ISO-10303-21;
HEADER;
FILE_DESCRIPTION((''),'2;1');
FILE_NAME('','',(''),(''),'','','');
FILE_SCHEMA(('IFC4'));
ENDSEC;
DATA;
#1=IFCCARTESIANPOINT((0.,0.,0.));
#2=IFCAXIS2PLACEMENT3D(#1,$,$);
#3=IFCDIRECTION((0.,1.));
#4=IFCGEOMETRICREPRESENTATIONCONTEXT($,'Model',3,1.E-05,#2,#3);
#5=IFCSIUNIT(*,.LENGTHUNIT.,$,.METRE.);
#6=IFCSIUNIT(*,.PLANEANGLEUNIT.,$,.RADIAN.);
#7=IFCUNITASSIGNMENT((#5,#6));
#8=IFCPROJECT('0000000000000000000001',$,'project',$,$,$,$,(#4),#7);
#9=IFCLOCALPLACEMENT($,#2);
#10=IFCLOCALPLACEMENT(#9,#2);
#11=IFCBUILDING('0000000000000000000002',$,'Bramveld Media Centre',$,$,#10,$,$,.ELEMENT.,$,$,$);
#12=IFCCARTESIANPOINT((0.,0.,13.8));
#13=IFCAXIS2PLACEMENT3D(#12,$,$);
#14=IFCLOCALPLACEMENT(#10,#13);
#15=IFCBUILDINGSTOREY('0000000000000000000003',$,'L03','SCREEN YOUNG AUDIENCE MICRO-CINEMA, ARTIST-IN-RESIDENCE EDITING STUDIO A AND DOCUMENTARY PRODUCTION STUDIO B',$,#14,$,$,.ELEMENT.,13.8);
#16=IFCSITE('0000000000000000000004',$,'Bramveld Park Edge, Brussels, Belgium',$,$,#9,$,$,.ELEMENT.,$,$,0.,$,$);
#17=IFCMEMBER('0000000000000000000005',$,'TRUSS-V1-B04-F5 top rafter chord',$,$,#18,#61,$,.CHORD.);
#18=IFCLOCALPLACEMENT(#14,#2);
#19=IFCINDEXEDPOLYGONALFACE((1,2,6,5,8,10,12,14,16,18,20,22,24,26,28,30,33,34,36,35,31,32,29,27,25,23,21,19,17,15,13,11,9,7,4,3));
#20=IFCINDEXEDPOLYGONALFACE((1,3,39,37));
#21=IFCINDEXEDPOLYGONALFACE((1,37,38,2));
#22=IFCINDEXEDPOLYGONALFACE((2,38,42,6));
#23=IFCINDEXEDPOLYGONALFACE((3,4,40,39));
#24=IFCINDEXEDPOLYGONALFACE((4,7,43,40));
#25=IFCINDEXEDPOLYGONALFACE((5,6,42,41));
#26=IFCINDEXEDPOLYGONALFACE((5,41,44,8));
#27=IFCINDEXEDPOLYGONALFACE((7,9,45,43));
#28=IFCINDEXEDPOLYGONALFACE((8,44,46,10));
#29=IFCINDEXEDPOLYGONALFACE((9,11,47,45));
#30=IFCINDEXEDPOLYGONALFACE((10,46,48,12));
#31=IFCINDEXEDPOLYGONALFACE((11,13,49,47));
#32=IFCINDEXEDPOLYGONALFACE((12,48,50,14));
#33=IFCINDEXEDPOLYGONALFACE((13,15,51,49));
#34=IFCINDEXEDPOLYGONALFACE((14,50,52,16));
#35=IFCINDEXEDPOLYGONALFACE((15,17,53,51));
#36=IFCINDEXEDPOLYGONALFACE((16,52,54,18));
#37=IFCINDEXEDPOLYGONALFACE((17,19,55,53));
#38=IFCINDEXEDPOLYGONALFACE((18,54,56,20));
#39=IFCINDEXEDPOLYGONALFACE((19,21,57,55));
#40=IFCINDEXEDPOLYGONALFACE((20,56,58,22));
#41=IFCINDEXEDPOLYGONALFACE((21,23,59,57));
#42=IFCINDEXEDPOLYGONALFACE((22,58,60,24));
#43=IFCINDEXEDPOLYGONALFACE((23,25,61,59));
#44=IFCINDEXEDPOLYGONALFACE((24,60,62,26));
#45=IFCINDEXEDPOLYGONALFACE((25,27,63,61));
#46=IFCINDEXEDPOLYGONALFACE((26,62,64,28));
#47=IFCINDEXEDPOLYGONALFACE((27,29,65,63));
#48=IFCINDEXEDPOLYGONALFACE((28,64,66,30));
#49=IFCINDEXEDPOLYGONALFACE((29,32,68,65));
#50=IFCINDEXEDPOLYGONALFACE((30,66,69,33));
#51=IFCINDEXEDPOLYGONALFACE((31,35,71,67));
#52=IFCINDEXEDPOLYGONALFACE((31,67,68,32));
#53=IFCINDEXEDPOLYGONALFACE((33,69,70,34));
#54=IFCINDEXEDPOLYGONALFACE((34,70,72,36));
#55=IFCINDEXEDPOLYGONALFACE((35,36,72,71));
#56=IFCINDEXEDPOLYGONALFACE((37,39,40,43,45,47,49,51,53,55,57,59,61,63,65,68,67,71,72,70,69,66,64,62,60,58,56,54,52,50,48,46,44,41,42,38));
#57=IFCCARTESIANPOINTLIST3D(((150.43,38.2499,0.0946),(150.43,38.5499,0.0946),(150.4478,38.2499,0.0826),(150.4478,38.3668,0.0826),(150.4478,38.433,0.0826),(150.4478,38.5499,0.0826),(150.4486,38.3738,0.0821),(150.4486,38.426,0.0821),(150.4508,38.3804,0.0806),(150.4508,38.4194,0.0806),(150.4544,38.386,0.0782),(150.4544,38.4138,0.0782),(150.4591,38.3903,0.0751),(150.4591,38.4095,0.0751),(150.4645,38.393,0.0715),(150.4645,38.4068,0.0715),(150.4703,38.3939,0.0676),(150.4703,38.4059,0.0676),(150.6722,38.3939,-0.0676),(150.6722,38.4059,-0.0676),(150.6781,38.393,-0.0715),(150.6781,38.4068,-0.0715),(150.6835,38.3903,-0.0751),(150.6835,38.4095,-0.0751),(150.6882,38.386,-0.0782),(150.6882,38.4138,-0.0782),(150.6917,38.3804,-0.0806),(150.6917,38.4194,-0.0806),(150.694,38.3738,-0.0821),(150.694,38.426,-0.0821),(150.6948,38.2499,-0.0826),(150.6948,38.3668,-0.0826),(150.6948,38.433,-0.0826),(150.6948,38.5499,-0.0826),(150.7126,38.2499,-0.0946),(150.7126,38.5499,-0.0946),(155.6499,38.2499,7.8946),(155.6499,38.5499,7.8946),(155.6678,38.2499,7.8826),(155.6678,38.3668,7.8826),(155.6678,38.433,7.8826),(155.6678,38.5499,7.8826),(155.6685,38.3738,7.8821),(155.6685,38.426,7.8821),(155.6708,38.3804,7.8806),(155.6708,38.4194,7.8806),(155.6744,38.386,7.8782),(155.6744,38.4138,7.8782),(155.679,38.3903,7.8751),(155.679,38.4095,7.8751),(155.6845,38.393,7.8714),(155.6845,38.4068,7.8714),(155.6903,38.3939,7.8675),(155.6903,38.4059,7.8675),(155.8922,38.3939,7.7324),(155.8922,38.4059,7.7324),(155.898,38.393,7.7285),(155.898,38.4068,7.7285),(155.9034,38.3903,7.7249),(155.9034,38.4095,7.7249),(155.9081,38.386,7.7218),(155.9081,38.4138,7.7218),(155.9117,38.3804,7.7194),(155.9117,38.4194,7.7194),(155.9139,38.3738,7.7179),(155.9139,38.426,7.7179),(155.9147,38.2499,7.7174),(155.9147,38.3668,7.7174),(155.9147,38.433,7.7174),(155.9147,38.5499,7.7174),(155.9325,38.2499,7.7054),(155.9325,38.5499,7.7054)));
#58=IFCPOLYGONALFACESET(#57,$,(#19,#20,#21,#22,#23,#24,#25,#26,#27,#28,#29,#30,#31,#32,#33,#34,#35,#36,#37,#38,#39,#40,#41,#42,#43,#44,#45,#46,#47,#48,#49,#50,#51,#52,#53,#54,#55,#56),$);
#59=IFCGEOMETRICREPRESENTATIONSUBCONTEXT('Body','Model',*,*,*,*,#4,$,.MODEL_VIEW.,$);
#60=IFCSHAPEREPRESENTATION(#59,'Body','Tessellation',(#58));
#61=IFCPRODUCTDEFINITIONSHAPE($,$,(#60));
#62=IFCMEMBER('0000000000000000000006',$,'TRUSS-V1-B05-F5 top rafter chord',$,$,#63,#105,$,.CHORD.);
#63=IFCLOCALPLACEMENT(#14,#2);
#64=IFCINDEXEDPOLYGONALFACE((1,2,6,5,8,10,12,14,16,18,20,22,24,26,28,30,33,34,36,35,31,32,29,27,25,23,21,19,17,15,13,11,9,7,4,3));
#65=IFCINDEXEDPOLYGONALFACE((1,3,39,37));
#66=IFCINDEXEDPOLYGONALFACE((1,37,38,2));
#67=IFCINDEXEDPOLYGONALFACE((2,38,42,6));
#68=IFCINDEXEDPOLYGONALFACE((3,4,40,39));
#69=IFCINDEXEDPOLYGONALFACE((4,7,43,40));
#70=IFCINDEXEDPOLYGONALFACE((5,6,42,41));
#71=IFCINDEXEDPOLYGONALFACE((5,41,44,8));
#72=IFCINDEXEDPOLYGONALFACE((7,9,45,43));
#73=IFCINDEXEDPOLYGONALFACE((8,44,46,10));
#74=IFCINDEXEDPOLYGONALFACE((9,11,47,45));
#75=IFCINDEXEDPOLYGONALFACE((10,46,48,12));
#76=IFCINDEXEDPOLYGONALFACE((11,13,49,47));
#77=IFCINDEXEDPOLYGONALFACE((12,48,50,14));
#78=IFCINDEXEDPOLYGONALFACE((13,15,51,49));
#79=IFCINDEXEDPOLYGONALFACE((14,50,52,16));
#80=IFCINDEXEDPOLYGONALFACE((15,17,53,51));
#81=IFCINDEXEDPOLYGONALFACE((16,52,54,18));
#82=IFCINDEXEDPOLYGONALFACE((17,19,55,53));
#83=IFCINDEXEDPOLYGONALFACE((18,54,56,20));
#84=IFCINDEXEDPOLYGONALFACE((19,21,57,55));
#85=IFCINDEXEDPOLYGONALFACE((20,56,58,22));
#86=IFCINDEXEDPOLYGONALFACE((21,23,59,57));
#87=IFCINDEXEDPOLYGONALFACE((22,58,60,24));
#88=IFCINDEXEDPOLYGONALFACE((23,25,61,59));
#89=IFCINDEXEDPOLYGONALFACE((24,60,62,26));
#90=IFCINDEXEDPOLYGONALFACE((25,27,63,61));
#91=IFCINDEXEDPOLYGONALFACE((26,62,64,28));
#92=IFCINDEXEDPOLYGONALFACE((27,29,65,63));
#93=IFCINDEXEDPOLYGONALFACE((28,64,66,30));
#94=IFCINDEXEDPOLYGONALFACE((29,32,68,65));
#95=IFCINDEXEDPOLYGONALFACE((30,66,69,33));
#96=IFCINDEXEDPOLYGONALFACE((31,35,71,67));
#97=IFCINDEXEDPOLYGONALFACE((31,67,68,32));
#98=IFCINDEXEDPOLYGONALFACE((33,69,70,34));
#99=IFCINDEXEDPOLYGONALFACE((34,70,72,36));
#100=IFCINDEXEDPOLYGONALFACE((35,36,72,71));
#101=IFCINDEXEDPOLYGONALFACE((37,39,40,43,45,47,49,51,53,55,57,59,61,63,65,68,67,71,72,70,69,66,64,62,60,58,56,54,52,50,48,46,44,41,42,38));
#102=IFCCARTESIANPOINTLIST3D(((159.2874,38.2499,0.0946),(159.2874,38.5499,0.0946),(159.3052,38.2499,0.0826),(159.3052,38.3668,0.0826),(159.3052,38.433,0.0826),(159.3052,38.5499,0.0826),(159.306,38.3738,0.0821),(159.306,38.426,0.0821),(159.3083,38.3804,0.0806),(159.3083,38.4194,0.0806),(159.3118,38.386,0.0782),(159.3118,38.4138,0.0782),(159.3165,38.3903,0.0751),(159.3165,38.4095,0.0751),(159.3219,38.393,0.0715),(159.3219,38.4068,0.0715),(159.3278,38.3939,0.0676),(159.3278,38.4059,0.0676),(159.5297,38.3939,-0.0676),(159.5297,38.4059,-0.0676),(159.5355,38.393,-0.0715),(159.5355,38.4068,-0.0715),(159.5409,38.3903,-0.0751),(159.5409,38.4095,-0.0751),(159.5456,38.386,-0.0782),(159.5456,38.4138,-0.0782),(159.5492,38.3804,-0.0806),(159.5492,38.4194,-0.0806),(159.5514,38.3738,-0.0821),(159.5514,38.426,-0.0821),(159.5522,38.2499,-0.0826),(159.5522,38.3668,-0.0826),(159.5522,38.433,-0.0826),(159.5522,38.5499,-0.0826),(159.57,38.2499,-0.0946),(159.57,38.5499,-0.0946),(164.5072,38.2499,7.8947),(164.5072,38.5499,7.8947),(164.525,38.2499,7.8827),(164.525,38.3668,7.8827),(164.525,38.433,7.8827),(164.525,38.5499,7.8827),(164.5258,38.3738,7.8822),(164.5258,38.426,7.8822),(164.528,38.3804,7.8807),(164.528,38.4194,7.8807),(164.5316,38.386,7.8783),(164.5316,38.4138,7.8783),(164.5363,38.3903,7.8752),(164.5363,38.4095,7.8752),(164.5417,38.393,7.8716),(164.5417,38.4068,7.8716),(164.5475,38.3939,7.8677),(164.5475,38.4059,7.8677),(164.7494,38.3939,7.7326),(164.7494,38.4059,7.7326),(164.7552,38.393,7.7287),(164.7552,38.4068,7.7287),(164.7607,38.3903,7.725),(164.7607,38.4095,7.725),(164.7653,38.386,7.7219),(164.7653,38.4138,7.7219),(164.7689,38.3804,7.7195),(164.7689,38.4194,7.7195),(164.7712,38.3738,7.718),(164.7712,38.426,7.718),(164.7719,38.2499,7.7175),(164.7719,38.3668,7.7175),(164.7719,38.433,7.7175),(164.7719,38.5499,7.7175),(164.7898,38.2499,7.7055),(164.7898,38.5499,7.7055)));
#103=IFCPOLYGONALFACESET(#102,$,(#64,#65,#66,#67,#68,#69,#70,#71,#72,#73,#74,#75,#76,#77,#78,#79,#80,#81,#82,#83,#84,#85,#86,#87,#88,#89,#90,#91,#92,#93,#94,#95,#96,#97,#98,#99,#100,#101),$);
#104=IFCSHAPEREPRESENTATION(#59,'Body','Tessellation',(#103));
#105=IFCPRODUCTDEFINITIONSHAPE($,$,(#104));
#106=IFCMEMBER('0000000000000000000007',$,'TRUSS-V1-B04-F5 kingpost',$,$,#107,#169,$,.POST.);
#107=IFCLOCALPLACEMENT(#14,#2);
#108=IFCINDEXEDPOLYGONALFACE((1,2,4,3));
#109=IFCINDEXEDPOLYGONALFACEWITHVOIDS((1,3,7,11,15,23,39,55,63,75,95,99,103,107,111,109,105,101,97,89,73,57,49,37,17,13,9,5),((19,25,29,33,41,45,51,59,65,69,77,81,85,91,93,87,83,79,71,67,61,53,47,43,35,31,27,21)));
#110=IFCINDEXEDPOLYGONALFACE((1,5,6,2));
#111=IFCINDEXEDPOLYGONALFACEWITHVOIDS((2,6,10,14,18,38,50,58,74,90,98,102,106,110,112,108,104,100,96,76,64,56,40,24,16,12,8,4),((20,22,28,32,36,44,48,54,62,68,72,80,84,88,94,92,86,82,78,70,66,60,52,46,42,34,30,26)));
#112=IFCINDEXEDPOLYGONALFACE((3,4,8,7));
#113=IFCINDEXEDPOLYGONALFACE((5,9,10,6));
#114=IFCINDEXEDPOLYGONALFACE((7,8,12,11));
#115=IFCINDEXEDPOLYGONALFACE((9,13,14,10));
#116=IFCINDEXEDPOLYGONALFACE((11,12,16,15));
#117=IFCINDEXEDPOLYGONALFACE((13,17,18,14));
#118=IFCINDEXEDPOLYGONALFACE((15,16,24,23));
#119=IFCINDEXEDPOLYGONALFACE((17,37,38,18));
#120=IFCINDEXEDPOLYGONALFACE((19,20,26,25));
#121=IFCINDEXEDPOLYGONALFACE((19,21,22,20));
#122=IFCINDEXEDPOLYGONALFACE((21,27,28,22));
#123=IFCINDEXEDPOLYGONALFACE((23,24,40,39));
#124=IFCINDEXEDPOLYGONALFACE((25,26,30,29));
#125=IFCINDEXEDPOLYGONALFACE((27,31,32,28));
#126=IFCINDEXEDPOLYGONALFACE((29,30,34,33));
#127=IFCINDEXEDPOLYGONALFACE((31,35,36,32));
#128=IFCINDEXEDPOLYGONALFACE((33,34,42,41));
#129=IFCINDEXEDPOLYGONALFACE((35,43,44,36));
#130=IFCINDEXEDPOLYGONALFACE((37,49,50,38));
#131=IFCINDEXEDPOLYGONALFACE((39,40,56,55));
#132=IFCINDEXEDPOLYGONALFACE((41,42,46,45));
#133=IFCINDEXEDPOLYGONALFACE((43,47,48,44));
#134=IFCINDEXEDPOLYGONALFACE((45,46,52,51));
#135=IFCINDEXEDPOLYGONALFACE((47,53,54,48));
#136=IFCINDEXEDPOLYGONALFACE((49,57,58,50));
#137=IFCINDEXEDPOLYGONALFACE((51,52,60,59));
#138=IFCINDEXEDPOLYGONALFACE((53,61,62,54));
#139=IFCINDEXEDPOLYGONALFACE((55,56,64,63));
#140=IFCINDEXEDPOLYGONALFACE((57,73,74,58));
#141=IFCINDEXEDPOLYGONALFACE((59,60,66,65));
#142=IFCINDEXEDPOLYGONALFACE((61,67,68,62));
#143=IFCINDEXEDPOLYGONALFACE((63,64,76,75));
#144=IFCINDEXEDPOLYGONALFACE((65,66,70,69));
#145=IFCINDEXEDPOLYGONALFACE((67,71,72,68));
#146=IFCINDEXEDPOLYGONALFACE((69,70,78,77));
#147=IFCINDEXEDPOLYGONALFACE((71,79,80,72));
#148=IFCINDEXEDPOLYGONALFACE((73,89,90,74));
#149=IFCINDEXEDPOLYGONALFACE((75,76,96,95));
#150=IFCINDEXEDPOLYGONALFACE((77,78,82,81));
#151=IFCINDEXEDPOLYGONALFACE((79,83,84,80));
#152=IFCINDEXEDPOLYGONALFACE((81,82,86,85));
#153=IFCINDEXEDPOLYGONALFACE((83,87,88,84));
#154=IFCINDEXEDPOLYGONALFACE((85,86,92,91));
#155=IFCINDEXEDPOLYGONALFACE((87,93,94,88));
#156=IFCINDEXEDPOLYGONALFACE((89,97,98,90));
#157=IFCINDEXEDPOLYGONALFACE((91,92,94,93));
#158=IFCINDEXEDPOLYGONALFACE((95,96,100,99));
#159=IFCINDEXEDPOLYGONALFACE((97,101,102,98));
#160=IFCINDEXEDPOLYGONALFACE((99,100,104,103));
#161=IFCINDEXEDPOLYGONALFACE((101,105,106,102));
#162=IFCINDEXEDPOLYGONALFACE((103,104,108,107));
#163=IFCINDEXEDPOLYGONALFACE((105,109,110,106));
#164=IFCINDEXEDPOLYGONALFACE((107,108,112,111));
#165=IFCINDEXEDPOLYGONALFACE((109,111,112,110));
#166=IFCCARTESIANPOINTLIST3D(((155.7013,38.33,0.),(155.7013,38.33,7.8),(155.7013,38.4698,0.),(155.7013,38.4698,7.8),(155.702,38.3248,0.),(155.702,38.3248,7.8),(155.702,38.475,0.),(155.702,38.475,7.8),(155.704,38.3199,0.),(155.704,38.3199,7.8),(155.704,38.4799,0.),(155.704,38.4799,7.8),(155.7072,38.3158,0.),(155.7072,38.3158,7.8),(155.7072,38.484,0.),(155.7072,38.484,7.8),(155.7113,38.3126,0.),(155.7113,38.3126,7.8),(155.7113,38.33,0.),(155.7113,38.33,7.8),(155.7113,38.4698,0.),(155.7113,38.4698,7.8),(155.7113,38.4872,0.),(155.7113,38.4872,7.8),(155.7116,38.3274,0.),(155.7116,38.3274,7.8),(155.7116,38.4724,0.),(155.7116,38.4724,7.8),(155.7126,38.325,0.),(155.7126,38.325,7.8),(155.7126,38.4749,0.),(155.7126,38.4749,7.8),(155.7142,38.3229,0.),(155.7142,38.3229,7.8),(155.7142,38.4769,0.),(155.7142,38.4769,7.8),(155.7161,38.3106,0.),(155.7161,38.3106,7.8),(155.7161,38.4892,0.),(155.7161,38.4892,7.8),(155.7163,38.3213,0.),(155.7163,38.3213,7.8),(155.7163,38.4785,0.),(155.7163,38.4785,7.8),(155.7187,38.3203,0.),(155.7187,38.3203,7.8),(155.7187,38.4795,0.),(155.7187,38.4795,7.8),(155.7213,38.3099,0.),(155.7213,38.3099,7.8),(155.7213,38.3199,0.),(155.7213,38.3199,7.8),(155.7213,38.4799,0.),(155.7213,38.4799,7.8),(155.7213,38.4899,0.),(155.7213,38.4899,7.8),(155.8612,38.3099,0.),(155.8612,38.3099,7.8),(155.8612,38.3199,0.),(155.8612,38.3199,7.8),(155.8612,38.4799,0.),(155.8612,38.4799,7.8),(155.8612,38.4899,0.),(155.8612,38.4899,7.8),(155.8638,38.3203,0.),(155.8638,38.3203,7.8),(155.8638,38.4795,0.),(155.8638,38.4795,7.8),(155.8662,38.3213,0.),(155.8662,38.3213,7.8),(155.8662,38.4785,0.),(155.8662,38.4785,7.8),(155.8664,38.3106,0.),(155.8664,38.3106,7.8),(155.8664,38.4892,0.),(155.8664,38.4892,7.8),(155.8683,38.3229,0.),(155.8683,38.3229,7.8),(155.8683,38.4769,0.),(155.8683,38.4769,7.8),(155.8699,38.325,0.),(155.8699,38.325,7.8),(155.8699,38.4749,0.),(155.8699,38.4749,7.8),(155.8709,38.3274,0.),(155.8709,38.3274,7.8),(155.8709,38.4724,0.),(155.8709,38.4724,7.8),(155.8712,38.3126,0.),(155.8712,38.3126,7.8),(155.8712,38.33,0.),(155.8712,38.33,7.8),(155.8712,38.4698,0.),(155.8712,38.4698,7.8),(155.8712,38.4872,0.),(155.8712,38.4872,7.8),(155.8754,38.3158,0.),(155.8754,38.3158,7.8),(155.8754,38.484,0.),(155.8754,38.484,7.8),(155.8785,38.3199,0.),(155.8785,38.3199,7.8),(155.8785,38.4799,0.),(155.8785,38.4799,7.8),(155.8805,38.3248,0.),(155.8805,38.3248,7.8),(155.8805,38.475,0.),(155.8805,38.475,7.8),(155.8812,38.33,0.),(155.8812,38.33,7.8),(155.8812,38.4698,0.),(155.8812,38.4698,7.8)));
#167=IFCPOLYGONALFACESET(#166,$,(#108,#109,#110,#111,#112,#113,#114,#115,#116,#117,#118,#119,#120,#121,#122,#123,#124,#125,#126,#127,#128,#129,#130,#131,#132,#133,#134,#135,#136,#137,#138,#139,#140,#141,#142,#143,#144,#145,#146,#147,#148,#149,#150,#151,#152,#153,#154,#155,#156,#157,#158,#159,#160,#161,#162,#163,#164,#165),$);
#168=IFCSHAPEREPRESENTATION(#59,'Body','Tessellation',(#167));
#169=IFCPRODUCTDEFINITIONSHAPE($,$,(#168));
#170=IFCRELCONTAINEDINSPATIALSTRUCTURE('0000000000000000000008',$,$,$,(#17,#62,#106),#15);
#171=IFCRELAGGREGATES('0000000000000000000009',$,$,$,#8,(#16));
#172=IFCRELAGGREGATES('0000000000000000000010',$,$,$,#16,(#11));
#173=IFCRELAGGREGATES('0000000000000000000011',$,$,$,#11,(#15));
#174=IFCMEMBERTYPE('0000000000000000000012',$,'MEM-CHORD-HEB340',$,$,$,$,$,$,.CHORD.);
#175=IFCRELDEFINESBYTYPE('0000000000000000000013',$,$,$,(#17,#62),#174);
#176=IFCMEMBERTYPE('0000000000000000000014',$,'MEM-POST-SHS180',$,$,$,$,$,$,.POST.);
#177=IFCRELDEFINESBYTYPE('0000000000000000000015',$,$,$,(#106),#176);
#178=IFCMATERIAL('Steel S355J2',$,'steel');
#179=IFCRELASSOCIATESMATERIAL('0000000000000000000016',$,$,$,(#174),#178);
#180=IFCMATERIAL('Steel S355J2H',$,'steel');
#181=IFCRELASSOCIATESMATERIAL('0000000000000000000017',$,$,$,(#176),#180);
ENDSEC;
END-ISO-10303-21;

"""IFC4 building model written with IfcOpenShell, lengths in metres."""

from ifc_helpers import new_model, si_unit, direction, frame, origin, origin_2d, place, context, subcontext, project, spatial, hollow_rectangle, i_section, extrude, material, material_profile, profile_set, type_object, element, save


model = new_model("IFC4")

# Units and contexts
model_context = context("Model", 3, precision=1e-05, world=origin(), true_north=direction((0.0, 1.0)))
body_context = subcontext(model_context, "Body", "Model", "MODEL_VIEW")
ifc_project = project(units=[si_unit("LENGTHUNIT", "METRE"), si_unit("PLANEANGLEUNIT", "RADIAN")], contexts=[model_context])

# Site, building, storey
site_placement = place(None, origin())
site = spatial("IfcSite", under=ifc_project, at=site_placement, Name="Bramveld Park Edge, Brussels, Belgium", CompositionType="ELEMENT", RefElevation=0.0)
building_placement = place(site_placement, origin())
building = spatial("IfcBuilding", under=site, at=building_placement, Name="Bramveld Media Centre", CompositionType="ELEMENT")
storey_placement = place(building_placement, frame((0.0, 0.0, 13.8)))
storey = spatial("IfcBuildingStorey", under=building, at=storey_placement, Name="L03", Description="SCREEN YOUNG AUDIENCE MICRO-CINEMA, ARTIST-IN-RESIDENCE EDITING STUDIO A AND DOCUMENTARY PRODUCTION STUDIO B", CompositionType="ELEMENT", Elevation=13.8)

# Members
ifc_material_1 = material(Name="Steel S355J2", Category="steel")
ifc_material_profile_1 = material_profile(ifc_material_1, i_section(OverallWidth=0.3, OverallDepth=0.3401, WebThickness=0.012, FlangeThickness=0.0215, FilletRadius=0.0271, at=origin_2d()), Name="HEB 340")
ifc_profile_set_1 = profile_set([ifc_material_profile_1], Name="Steel S355J2")
member_type_1 = type_object("IfcMemberType", Name="MEM-CHORD-HEB340", PredefinedType="CHORD", material=ifc_profile_set_1)
for number, where, z_axis, x_axis, name in (
    (1, (150.5713, 38.3999, 0.0), (0.55617, 0.0, 0.831069), (0.0, 1.0, 0.0), "TRUSS-V1-B04-F5 top rafter chord"),
    (2, (159.4287, 38.3999, 0.0), (0.556152, 0.0, 0.831081), (0.0, 1.0, 0.0), "TRUSS-V1-B05-F5 top rafter chord"),
):
    element("IfcMember", number, at=place(storey_placement, frame(where, z_axis=z_axis, x_axis=x_axis)), inside=storey, type_object=member_type_1, Name=name, PredefinedType="CHORD", context=body_context, shape_type="SweptSolid", body=[
        extrude(i_section(OverallWidth=0.3, OverallDepth=0.3401, WebThickness=0.012, FlangeThickness=0.0215, FilletRadius=0.0271, at=origin_2d()), origin(), (0.0, 0.0, 1.0), 9.3855),
    ])
ifc_material_2 = material(Name="Steel S355J2H", Category="steel")
ifc_material_profile_2 = material_profile(ifc_material_2, hollow_rectangle(XDim=0.1799, YDim=0.1799, WallThickness=0.01, InnerFilletRadius=0.01, OuterFilletRadius=0.02, at=origin_2d()), Name="SHS 180x180x10")
ifc_profile_set_2 = profile_set([ifc_material_profile_2], Name="Steel S355J2H")
member_type_2 = type_object("IfcMemberType", Name="MEM-POST-SHS180", PredefinedType="POST", material=ifc_profile_set_2)
member_1_placement = place(storey_placement, frame((155.7913, 38.3999, 0.0), z_axis=(0.0, 0.0, 1.0), x_axis=(1.0, 0.0, 0.0)))
element("IfcMember", 3, at=member_1_placement, inside=storey, type_object=member_type_2, Name="TRUSS-V1-B04-F5 kingpost", PredefinedType="POST", context=body_context, shape_type="SweptSolid", body=[
    extrude(hollow_rectangle(XDim=0.1799, YDim=0.1799, WallThickness=0.01, InnerFilletRadius=0.01, OuterFilletRadius=0.02, at=origin_2d()), origin(), (0.0, 0.0, 1.0), 7.8),
])

save(model, "model.ifc")
